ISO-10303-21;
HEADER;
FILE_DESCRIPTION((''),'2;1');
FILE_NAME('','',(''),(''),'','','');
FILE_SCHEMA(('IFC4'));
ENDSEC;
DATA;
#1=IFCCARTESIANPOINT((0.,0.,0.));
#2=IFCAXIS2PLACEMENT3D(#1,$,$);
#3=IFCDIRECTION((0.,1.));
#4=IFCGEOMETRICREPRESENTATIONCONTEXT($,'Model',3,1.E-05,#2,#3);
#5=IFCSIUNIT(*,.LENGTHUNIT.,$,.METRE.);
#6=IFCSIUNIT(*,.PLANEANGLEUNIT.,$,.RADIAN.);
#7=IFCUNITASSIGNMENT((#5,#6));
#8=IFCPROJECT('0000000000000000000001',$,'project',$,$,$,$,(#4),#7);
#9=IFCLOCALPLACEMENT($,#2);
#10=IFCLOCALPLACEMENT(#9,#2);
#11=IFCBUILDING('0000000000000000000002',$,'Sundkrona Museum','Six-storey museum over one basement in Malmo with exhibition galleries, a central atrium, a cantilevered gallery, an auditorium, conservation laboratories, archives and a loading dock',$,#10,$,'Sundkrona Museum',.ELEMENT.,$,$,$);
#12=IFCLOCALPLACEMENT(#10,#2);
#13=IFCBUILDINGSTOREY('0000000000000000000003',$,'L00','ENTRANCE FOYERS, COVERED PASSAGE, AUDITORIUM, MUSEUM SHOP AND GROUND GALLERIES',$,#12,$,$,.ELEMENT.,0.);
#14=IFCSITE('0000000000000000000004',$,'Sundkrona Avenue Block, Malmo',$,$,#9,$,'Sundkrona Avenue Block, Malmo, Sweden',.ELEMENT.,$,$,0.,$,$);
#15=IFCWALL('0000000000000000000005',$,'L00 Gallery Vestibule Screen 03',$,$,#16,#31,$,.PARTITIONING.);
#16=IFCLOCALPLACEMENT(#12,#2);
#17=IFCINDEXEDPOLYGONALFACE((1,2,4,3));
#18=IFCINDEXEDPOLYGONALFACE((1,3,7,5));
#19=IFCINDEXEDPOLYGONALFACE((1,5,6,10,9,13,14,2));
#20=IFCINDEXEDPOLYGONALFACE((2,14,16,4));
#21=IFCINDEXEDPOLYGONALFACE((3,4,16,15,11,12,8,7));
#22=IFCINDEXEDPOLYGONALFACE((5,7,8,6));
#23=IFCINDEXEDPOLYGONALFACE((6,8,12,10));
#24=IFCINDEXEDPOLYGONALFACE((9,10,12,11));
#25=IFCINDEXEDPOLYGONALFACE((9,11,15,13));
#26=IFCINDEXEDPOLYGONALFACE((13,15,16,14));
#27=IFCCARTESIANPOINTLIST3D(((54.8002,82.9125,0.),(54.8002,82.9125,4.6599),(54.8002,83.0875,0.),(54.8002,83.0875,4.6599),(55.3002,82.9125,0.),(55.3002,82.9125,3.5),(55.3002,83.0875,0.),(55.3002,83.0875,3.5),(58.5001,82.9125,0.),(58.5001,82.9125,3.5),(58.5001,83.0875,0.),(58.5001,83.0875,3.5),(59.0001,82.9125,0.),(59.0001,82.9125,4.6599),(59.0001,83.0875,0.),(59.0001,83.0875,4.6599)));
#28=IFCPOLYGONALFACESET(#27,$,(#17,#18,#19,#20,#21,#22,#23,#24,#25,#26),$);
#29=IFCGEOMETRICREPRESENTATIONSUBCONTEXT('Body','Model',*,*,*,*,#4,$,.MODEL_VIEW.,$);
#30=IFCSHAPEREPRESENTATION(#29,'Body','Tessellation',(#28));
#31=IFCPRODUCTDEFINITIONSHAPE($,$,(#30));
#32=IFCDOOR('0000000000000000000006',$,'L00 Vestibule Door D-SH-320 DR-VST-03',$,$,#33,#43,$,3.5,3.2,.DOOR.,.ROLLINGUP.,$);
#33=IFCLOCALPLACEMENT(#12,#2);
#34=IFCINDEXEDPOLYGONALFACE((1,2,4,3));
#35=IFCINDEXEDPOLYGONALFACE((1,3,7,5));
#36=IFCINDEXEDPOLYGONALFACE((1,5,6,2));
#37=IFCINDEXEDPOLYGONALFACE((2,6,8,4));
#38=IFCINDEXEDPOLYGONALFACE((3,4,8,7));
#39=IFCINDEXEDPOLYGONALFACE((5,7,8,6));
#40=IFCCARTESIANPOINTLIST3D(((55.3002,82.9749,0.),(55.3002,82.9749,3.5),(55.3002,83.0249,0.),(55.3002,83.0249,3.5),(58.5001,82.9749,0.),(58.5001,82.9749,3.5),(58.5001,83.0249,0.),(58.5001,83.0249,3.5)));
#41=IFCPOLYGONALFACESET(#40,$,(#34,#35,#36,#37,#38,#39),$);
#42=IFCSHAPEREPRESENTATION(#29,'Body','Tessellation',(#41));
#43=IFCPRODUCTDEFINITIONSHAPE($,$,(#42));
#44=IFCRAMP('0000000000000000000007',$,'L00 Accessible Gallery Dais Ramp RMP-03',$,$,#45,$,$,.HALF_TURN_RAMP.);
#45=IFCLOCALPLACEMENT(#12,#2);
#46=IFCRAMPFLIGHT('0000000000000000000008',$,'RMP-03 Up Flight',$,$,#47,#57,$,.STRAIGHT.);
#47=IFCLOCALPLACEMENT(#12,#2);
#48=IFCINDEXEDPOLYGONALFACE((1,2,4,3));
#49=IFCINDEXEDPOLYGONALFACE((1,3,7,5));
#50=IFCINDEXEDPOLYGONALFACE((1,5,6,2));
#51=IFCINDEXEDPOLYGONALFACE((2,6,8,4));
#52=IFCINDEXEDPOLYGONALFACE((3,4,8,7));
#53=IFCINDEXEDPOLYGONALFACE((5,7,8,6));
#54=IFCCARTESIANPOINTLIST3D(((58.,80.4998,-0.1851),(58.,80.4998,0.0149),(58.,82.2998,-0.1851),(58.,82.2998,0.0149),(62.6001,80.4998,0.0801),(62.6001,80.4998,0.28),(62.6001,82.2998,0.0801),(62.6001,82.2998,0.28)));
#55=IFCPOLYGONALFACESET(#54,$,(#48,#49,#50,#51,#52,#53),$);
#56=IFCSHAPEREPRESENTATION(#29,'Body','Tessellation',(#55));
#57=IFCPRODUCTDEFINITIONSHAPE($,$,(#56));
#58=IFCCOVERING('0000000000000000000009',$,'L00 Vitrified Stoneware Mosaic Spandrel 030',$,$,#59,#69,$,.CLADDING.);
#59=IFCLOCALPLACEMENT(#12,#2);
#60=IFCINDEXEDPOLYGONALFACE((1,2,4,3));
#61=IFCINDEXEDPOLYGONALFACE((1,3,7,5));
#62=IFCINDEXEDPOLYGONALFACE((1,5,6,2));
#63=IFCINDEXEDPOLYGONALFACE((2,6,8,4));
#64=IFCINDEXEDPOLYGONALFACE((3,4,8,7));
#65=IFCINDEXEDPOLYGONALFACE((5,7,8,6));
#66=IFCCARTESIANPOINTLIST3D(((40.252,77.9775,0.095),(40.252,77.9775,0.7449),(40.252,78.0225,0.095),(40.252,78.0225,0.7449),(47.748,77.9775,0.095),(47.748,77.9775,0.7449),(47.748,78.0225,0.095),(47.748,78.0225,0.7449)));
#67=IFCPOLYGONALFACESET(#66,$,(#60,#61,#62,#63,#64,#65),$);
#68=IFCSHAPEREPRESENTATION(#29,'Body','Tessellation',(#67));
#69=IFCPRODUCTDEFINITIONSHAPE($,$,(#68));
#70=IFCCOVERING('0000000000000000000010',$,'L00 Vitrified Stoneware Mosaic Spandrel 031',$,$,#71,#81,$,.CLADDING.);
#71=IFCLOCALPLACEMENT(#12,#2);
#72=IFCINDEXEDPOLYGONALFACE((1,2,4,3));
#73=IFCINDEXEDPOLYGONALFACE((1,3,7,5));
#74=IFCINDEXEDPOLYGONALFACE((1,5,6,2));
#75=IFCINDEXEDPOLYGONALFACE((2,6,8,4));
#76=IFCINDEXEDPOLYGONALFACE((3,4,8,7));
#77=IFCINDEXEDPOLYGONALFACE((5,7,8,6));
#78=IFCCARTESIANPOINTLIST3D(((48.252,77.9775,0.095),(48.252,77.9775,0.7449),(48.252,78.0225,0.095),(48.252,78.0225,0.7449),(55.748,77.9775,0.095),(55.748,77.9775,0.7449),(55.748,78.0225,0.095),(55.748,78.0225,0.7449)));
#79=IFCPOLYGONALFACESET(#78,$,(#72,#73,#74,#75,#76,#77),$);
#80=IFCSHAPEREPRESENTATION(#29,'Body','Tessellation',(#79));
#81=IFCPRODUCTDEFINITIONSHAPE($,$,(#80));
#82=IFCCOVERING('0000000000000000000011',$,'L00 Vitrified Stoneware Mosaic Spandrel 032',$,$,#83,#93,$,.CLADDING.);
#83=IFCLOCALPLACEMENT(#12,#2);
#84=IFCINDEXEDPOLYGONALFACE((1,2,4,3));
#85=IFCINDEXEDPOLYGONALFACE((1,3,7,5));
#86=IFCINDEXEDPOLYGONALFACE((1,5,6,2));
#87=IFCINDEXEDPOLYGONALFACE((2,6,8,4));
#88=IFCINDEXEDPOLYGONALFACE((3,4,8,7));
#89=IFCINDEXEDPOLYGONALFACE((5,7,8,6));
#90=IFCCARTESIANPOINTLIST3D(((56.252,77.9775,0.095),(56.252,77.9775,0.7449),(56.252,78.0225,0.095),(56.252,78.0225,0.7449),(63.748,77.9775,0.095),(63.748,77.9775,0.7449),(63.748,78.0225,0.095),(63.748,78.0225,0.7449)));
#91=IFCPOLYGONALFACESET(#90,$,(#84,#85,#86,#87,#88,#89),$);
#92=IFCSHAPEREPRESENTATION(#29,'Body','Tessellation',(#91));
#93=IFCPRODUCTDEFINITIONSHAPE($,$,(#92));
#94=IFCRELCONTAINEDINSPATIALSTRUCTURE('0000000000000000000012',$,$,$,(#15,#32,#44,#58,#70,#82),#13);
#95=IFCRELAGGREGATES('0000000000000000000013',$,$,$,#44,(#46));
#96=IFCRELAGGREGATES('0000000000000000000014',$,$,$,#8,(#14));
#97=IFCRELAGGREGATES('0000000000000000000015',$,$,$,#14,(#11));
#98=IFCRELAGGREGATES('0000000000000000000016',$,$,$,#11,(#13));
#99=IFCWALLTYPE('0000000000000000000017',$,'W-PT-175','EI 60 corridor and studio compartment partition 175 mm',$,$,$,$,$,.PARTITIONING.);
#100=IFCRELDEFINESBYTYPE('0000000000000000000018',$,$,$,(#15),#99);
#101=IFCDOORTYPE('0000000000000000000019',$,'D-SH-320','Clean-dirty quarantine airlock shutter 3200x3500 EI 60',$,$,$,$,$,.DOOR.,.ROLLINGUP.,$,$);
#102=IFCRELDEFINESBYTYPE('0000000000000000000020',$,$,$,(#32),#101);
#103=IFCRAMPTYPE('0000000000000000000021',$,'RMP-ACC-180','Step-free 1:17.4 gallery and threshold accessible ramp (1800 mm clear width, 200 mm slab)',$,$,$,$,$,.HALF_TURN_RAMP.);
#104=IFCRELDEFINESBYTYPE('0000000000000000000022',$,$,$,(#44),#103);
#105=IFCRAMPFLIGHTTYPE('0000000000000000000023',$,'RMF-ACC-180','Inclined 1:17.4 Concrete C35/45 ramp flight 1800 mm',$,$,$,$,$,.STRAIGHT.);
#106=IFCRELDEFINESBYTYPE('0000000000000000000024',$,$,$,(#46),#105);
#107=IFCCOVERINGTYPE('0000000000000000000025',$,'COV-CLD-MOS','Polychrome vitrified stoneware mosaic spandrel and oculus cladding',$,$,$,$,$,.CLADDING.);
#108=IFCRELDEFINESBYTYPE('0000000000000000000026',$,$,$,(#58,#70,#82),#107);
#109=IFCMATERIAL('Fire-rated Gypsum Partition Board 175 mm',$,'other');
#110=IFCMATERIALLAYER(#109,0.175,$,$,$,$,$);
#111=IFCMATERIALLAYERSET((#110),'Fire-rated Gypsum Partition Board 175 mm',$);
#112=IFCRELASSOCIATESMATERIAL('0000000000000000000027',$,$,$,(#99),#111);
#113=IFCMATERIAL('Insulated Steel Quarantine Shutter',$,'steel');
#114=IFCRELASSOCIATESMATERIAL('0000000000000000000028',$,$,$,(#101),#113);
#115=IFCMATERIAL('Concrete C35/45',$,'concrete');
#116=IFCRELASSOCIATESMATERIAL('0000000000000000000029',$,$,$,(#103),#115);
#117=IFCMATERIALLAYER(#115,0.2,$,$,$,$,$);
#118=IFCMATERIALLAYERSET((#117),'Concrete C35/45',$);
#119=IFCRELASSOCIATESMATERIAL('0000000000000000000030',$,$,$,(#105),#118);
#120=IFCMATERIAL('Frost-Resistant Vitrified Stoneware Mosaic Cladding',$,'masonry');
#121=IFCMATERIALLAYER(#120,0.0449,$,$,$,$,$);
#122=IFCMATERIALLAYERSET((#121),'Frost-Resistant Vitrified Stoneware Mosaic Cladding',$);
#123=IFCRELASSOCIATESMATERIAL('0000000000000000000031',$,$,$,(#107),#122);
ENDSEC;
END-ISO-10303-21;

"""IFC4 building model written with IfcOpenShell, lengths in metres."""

from ifc_helpers import new_model, si_unit, direction, frame, frame_2d, origin, origin_2d, place, context, subcontext, project, spatial, polyline, rectangle, outline, extrude, material, layer, layer_set, type_object, element, fill, aggregate, save


model = new_model("IFC4")

# Units and contexts
model_context = context("Model", 3, precision=1e-05, world=origin(), true_north=direction((0.0, 1.0)))
body_context = subcontext(model_context, "Body", "Model", "MODEL_VIEW")
ifc_project = project(units=[si_unit("LENGTHUNIT", "METRE"), si_unit("PLANEANGLEUNIT", "RADIAN")], contexts=[model_context])

# Site, building, storey
site_placement = place(None, origin())
site = spatial("IfcSite", under=ifc_project, at=site_placement, Name="Sundkrona Avenue Block, Malmo", LongName="Sundkrona Avenue Block, Malmo, Sweden", CompositionType="ELEMENT", RefElevation=0.0)
building_placement = place(site_placement, origin())
building = spatial("IfcBuilding", under=site, at=building_placement, Name="Sundkrona Museum", Description="Six-storey museum over one basement in Malmo with exhibition galleries, a central atrium, a cantilevered gallery, an auditorium, conservation laboratories, archives and a loading dock", LongName="Sundkrona Museum", CompositionType="ELEMENT")
storey_placement = place(building_placement, origin())
storey = spatial("IfcBuildingStorey", under=building, at=storey_placement, Name="L00", Description="ENTRANCE FOYERS, COVERED PASSAGE, AUDITORIUM, MUSEUM SHOP AND GROUND GALLERIES", CompositionType="ELEMENT", Elevation=0.0)

# Wall, opening, door
ifc_material_1 = material(Name="Fire-rated Gypsum Partition Board 175 mm", Category="other")
ifc_layer_1 = layer(ifc_material_1, 0.175)
ifc_layer_set_1 = layer_set([ifc_layer_1], Name="Fire-rated Gypsum Partition Board 175 mm")
wall_type_1 = type_object("IfcWallType", Name="W-PT-175", Description="EI 60 corridor and studio compartment partition 175 mm", PredefinedType="PARTITIONING", material=ifc_layer_set_1)
wall_1_placement = place(storey_placement, frame((54.8, 83.0, 0.0), z_axis=(0.0, 0.0, 1.0), x_axis=(1.0, 0.0, 0.0)))
wall_1 = element("IfcWall", 1, at=wall_1_placement, inside=storey, type_object=wall_type_1, Name="L00 Gallery Vestibule Screen 03", PredefinedType="PARTITIONING", context=body_context, shape_type="SweptSolid", body=[
    extrude(rectangle(XDim=4.2, YDim=0.175, at=frame_2d((2.1001, 0.0))), origin(), (0.0, 0.0, 1.0), 4.6599),
])
opening_1_placement = place(wall_1_placement, frame((0.5, 0.0, 0.0)))
opening_1 = element("IfcOpeningElement", 2, at=opening_1_placement, cuts=wall_1, PredefinedType="OPENING", context=body_context, shape_type="SweptSolid", body=[
    extrude(rectangle(XDim=3.2, YDim=3.5, at=frame_2d((1.6001, 1.75))), frame((0.0, 0.0974, 0.0), z_axis=(0.0, -1.0, 0.0), x_axis=(1.0, 0.0, 0.0)), (0.0, 0.0, 1.0), 0.1951),
])
ifc_material_2 = material(Name="Insulated Steel Quarantine Shutter", Category="steel")
door_type_1 = type_object("IfcDoorType", Name="D-SH-320", Description="Clean-dirty quarantine airlock shutter 3200x3500 EI 60", OperationType="ROLLINGUP", PredefinedType="DOOR", material=ifc_material_2)
door_1_placement = place(opening_1_placement, origin())
door_1 = element("IfcDoor", 3, at=door_1_placement, inside=storey, type_object=door_type_1, Name="L00 Vestibule Door D-SH-320 DR-VST-03", OperationType="ROLLINGUP", OverallHeight=3.5, OverallWidth=3.2, PredefinedType="DOOR", context=body_context, shape_type="SweptSolid", body=[
    extrude(rectangle(XDim=3.2, YDim=3.5, at=frame_2d((1.6001, 1.75))), frame((0.0, 0.0249, 0.0), z_axis=(0.0, -1.0, 0.0), x_axis=(1.0, 0.0, 0.0)), (0.0, 0.0, 1.0), 0.05),
])
fill(opening_1, door_1)

# Ramp, ramp flight
ifc_material_3 = material(Name="Concrete C35/45", Category="concrete")
ramp_type = type_object("IfcRampType", Name="RMP-ACC-180", Description="Step-free 1:17.4 gallery and threshold accessible ramp (1800 mm clear width, 200 mm slab)", PredefinedType="HALF_TURN_RAMP", material=ifc_material_3)
ramp_placement = place(storey_placement, origin())
ramp = element("IfcRamp", 4, at=ramp_placement, inside=storey, type_object=ramp_type, Name="L00 Accessible Gallery Dais Ramp RMP-03", PredefinedType="HALF_TURN_RAMP")
ifc_layer_2 = layer(ifc_material_3, 0.2)
ifc_layer_set_2 = layer_set([ifc_layer_2], Name="Concrete C35/45")
ramp_flight_type = type_object("IfcRampFlightType", Name="RMF-ACC-180", Description="Inclined 1:17.4 Concrete C35/45 ramp flight 1800 mm", PredefinedType="STRAIGHT", material=ifc_layer_set_2)
ramp_flight_placement = place(storey_placement, frame((58.0, 81.3999, 0.0149), z_axis=(0.0, 0.0, 1.0), x_axis=(1.0, 0.0, 0.0)))
ramp_flight = element("IfcRampFlight", 5, at=ramp_flight_placement, type_object=ramp_flight_type, Name="RMP-03 Up Flight", PredefinedType="STRAIGHT", context=body_context, shape_type="SweptSolid", body=[
    extrude(outline(polyline([(0.0, -0.2), (4.6001, 0.0652), (4.6001, 0.2651), (0.0, 0.0), (0.0, -0.2)])), frame((0.0, 0.8999, 0.0), z_axis=(0.0, -1.0, 0.0), x_axis=(1.0, 0.0, 0.0)), (0.0, 0.0, 1.0), 1.8),
])
aggregate(ramp, [ramp_flight])

# Coverings
ifc_material_4 = material(Name="Frost-Resistant Vitrified Stoneware Mosaic Cladding", Category="masonry")
ifc_layer_3 = layer(ifc_material_4, 0.0449)
ifc_layer_set_3 = layer_set([ifc_layer_3], Name="Frost-Resistant Vitrified Stoneware Mosaic Cladding")
covering_type = type_object("IfcCoveringType", Name="COV-CLD-MOS", Description="Polychrome vitrified stoneware mosaic spandrel and oculus cladding", PredefinedType="CLADDING", material=ifc_layer_set_3)
for number, where, z_axis, x_axis, name in (
    (6, (44.0, 78.0, 0.095), (0.0, 0.0, 1.0), (1.0, 0.0, 0.0), "L00 Vitrified Stoneware Mosaic Spandrel 030"),
    (7, (52.0, 78.0, 0.095), (0.0, 0.0, 1.0), (1.0, 0.0, 0.0), "L00 Vitrified Stoneware Mosaic Spandrel 031"),
    (8, (60.0, 78.0, 0.095), (0.0, 0.0, 1.0), (1.0, 0.0, 0.0), "L00 Vitrified Stoneware Mosaic Spandrel 032"),
):
    element("IfcCovering", number, at=place(storey_placement, frame(where, z_axis=z_axis, x_axis=x_axis)), inside=storey, type_object=covering_type, Name=name, PredefinedType="CLADDING", context=body_context, shape_type="SweptSolid", body=[
        extrude(rectangle(XDim=7.4961, YDim=0.0449, at=origin_2d()), origin(), (0.0, 0.0, 1.0), 0.6499),
    ])

save(model, "model.ifc")
